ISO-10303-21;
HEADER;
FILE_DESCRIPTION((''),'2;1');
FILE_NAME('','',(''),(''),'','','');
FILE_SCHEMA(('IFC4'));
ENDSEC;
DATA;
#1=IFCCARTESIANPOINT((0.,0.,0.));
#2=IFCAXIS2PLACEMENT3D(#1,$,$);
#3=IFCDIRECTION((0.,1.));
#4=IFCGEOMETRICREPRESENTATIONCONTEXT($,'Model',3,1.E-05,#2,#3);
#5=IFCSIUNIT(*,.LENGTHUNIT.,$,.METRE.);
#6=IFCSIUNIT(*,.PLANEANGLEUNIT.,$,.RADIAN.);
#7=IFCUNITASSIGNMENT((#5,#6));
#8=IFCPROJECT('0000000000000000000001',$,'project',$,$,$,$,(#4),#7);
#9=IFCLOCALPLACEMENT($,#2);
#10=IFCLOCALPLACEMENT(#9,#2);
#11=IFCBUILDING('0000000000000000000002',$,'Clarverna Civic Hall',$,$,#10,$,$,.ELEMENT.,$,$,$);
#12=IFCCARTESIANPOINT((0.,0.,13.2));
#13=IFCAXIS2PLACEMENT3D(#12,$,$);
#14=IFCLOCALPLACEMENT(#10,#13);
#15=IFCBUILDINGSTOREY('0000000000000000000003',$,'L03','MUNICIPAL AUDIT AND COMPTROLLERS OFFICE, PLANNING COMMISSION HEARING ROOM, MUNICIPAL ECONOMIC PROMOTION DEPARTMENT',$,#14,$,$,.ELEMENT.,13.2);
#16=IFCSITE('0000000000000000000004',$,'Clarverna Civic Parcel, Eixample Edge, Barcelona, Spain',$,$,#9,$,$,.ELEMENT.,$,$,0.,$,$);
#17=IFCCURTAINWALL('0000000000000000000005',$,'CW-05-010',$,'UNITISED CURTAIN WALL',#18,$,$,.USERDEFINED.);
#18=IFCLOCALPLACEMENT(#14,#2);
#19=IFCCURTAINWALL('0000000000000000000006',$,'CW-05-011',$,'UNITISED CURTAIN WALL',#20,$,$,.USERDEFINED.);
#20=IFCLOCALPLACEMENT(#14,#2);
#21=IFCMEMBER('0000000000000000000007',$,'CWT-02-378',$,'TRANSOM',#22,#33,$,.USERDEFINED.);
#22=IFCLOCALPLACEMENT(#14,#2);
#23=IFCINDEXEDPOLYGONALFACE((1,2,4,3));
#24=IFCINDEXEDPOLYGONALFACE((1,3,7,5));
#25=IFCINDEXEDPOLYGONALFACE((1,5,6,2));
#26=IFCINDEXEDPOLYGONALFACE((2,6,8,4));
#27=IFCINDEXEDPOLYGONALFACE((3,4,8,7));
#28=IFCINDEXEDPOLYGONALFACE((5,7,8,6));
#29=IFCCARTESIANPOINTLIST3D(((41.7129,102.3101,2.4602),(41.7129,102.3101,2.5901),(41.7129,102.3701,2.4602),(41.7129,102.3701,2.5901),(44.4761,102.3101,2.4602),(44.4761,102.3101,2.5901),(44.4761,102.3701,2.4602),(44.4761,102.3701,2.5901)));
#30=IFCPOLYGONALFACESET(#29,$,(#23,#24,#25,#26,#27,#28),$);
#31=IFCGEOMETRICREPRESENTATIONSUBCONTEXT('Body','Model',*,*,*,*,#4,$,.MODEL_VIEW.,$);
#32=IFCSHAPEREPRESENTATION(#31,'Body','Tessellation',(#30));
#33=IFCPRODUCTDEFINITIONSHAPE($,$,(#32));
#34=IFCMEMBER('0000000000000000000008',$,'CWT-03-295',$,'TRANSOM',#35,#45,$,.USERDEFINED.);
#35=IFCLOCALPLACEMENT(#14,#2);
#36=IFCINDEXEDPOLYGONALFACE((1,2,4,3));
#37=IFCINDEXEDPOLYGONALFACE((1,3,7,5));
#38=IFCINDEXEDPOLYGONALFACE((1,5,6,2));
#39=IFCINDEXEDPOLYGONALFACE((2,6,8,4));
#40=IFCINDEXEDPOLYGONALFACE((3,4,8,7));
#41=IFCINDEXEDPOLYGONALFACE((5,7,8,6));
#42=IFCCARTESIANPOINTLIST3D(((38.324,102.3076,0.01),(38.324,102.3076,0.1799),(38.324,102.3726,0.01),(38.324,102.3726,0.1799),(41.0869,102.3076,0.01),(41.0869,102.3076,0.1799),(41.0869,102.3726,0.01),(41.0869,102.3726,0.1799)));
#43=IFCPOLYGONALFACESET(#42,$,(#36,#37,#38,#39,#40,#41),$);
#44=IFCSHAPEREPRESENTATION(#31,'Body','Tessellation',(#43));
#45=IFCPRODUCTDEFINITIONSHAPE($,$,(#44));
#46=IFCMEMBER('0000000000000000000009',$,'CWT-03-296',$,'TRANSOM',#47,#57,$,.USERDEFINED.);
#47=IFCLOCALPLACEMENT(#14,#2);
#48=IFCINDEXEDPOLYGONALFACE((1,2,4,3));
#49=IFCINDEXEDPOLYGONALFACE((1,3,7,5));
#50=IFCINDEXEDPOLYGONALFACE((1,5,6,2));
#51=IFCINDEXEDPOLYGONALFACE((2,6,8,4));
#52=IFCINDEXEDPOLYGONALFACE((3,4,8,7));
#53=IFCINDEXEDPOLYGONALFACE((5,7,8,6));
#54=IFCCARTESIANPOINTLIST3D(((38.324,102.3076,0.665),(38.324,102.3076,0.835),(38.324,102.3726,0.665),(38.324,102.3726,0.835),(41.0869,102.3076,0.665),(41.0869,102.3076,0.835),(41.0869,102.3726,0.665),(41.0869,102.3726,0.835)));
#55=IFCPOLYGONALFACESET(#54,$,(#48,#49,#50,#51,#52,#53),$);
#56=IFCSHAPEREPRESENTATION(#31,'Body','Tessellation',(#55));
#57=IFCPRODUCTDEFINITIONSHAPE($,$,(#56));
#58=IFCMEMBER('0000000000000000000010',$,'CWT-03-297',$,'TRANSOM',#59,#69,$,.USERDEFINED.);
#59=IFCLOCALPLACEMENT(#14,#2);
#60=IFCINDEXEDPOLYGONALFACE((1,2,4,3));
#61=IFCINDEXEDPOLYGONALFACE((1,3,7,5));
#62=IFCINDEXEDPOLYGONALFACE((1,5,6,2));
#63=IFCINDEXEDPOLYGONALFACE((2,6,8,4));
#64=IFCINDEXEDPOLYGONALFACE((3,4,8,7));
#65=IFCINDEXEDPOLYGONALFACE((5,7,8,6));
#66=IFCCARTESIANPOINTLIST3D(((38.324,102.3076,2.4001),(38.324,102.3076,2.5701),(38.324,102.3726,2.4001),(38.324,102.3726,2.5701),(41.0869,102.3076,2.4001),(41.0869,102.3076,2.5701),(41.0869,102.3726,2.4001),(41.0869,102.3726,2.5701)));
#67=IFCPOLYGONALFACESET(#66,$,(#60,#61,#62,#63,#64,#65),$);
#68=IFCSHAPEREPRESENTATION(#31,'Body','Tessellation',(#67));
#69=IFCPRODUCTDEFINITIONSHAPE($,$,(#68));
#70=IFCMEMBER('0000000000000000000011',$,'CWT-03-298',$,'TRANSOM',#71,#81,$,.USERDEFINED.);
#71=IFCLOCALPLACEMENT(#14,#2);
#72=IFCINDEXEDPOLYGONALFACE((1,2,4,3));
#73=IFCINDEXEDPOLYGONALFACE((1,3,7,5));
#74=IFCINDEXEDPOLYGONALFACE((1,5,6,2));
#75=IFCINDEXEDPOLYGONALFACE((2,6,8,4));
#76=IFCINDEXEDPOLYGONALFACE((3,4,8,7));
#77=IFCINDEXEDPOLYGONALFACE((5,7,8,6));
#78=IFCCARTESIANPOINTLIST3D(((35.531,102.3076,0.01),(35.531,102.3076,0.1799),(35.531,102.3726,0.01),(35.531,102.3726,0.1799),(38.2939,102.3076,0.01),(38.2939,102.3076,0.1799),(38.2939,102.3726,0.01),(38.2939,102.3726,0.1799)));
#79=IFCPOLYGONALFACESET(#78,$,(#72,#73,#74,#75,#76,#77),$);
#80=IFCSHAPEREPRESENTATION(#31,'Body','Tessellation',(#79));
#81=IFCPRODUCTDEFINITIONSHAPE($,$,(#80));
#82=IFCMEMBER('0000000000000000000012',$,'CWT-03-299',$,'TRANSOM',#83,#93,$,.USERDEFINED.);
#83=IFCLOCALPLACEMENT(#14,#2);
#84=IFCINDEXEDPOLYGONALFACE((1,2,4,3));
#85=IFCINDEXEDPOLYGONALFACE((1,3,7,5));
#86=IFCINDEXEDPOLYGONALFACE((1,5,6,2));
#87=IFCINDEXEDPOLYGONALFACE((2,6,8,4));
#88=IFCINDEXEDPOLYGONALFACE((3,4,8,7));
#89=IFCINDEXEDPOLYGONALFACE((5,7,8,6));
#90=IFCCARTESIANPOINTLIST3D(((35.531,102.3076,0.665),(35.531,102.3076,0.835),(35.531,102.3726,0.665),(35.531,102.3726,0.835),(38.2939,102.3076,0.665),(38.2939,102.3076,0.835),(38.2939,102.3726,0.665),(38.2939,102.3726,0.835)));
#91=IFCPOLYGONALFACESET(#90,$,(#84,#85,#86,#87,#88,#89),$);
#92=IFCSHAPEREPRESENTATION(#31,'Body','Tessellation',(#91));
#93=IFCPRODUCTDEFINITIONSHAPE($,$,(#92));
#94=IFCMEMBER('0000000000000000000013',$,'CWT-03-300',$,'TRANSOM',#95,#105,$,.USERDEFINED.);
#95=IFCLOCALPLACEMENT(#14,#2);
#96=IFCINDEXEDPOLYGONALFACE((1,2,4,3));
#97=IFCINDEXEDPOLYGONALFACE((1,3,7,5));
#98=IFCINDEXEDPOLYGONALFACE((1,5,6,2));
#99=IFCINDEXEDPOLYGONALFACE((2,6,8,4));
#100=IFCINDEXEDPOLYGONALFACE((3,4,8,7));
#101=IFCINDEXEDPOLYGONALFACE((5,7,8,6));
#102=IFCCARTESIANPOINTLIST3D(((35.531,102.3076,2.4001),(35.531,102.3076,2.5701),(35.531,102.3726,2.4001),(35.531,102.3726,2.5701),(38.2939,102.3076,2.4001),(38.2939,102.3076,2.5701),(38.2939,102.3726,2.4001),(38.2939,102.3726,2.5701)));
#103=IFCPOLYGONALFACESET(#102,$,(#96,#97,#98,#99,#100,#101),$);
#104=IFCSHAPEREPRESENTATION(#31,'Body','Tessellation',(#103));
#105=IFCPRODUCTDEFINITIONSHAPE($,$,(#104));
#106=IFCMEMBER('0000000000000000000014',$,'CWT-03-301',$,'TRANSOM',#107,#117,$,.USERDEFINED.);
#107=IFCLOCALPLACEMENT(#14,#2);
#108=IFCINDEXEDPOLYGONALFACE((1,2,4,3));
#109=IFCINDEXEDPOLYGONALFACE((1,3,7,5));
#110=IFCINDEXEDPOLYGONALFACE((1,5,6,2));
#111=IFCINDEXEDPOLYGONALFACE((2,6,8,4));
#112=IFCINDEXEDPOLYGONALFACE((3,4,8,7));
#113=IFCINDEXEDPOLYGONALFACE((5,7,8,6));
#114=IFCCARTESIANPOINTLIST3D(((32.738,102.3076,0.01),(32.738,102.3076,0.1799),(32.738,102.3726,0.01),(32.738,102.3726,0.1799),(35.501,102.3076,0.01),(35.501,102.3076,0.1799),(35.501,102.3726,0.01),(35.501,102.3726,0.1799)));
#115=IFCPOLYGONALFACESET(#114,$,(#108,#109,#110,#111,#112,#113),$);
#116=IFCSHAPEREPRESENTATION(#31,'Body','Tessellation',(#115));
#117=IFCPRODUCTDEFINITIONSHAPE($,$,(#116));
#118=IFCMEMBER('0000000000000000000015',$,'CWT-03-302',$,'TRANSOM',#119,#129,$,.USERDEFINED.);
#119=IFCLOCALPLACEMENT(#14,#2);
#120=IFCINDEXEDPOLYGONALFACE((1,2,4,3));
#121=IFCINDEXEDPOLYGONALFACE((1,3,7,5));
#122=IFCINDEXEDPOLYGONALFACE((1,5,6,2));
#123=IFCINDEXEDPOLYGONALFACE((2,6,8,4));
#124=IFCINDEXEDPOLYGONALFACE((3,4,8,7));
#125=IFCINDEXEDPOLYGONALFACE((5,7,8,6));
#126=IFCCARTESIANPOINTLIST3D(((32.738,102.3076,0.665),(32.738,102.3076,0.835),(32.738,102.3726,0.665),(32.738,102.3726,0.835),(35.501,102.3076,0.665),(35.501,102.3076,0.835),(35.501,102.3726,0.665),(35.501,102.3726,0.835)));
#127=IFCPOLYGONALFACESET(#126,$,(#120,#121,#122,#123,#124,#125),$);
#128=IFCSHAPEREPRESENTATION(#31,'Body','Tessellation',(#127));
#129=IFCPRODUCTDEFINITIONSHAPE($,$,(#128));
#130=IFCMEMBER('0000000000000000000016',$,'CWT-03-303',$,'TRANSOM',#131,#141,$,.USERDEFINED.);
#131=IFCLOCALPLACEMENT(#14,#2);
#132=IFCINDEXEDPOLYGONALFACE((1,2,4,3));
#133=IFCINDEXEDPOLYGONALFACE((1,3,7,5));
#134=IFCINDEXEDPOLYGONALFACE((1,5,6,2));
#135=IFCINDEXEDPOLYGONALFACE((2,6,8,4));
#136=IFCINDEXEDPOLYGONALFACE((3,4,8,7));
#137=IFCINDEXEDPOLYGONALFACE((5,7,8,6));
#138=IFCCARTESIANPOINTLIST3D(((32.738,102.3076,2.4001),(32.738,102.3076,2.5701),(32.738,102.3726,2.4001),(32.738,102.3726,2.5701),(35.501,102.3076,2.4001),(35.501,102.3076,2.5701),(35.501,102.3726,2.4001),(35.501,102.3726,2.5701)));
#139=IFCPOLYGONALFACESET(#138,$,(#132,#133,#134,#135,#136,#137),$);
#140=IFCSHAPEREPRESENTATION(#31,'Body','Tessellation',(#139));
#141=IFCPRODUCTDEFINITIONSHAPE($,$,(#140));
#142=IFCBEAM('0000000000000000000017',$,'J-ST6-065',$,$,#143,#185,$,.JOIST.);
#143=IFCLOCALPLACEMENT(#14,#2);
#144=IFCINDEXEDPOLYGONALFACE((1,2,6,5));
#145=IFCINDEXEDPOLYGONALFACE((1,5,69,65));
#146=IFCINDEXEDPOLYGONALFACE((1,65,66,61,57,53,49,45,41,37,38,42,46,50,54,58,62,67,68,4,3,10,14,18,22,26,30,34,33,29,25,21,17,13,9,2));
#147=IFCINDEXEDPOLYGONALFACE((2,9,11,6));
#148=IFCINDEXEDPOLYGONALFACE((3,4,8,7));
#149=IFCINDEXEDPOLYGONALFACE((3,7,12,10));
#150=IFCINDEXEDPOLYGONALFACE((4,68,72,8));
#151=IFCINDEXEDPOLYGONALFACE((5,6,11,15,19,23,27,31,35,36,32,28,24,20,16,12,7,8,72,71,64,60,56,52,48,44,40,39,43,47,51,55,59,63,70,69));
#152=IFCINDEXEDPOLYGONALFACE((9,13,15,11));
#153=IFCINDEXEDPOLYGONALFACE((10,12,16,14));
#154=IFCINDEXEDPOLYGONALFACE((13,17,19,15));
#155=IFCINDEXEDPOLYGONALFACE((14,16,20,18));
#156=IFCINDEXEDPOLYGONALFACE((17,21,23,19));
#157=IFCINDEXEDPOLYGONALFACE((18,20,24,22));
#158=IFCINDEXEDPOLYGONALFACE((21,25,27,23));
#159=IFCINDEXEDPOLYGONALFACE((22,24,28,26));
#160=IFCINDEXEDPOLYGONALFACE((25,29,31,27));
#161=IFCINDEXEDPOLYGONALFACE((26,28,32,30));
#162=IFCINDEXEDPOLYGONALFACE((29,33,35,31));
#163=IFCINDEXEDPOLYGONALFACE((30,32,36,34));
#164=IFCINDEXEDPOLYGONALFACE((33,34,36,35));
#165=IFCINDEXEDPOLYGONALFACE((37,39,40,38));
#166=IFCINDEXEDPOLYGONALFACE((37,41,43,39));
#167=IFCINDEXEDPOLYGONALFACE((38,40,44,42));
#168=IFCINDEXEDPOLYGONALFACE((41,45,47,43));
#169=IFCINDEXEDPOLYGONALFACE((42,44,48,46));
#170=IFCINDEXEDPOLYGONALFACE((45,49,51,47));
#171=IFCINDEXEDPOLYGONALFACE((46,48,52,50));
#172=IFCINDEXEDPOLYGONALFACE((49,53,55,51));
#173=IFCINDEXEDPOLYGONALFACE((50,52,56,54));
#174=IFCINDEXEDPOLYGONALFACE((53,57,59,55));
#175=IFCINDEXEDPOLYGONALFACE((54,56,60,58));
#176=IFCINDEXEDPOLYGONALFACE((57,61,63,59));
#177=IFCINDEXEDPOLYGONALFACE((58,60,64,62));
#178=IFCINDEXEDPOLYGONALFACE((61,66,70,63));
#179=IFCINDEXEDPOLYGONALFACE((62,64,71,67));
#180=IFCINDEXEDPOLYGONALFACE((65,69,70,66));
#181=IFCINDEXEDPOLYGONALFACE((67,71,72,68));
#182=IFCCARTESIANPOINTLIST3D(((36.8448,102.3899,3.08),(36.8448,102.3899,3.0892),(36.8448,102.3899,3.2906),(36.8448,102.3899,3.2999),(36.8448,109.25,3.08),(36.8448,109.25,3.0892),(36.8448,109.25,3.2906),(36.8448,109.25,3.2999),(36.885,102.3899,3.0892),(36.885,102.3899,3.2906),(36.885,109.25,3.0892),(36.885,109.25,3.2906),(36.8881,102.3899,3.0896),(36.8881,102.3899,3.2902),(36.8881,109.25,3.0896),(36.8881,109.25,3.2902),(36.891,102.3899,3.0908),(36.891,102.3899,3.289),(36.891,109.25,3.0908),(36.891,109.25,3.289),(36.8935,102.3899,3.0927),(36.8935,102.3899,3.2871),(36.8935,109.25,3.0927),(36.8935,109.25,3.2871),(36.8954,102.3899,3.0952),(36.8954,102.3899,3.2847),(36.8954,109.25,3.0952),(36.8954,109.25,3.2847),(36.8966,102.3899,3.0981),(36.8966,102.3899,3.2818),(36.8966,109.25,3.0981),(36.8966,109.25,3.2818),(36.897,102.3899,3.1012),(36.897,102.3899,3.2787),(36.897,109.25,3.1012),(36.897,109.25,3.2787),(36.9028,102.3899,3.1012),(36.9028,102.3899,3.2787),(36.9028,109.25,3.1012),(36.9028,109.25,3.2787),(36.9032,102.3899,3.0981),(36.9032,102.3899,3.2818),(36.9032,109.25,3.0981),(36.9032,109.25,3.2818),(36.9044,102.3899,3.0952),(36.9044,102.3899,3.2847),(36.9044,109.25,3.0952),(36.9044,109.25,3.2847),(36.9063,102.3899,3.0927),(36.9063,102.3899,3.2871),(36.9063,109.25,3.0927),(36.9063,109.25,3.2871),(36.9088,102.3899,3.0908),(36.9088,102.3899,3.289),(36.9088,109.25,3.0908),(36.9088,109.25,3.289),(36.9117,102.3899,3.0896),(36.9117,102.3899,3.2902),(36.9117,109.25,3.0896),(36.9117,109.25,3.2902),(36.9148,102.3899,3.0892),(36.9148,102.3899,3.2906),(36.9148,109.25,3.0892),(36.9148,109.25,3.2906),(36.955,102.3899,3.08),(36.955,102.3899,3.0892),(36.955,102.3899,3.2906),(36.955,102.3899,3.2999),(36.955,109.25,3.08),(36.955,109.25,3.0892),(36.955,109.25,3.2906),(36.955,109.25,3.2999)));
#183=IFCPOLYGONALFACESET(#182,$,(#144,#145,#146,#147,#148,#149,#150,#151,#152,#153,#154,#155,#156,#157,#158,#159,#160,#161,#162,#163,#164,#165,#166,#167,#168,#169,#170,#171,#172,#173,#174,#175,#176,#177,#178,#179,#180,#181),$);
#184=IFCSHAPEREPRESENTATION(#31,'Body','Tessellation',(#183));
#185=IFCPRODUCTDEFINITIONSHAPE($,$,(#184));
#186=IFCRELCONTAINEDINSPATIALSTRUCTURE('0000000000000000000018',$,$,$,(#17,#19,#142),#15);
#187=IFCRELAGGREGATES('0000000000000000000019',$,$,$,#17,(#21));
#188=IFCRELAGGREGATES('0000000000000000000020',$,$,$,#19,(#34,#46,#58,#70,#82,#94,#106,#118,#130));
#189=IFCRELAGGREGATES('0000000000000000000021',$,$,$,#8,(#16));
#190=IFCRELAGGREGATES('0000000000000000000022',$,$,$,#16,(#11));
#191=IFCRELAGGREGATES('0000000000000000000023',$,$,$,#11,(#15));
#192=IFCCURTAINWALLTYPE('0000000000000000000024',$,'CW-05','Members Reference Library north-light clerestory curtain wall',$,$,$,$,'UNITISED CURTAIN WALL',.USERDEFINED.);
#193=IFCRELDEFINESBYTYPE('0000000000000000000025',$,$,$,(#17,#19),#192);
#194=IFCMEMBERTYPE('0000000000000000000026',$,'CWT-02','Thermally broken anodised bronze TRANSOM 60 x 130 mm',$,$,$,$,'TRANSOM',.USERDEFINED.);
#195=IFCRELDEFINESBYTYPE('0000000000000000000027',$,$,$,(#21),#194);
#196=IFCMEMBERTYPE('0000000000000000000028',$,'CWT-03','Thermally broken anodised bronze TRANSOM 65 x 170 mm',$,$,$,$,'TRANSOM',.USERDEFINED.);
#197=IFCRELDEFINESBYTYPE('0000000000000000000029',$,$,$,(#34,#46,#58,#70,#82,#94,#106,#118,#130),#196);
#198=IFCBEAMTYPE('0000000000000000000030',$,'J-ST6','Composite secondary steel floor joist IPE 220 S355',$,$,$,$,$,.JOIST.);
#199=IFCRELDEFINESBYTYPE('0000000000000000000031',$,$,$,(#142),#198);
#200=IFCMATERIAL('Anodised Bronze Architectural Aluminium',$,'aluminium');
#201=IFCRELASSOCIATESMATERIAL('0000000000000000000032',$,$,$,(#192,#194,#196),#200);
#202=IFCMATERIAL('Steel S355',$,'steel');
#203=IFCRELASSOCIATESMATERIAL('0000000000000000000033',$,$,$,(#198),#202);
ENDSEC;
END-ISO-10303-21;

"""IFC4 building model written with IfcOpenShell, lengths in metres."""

from ifc_helpers import new_model, si_unit, direction, frame, origin, origin_2d, place, context, subcontext, project, spatial, rectangle, i_section, extrude, material, material_profile, profile_set, type_object, element, aggregate, save


model = new_model("IFC4")

# Units and contexts
model_context = context("Model", 3, precision=1e-05, world=origin(), true_north=direction((0.0, 1.0)))
body_context = subcontext(model_context, "Body", "Model", "MODEL_VIEW")
ifc_project = project(units=[si_unit("LENGTHUNIT", "METRE"), si_unit("PLANEANGLEUNIT", "RADIAN")], contexts=[model_context])

# Site, building, storey
site_placement = place(None, origin())
site = spatial("IfcSite", under=ifc_project, at=site_placement, Name="Clarverna Civic Parcel, Eixample Edge, Barcelona, Spain", CompositionType="ELEMENT", RefElevation=0.0)
building_placement = place(site_placement, origin())
building = spatial("IfcBuilding", under=site, at=building_placement, Name="Clarverna Civic Hall", CompositionType="ELEMENT")
storey_placement = place(building_placement, frame((0.0, 0.0, 13.2)))
storey = spatial("IfcBuildingStorey", under=building, at=storey_placement, Name="L03", Description="MUNICIPAL AUDIT AND COMPTROLLERS OFFICE, PLANNING COMMISSION HEARING ROOM, MUNICIPAL ECONOMIC PROMOTION DEPARTMENT", CompositionType="ELEMENT", Elevation=13.2)

# Shared definitions
ifc_material_1 = material(Name="Steel S355", Category="steel")

# Curtain walls
ifc_material_2 = material(Name="Anodised Bronze Architectural Aluminium", Category="aluminium")
curtain_wall_type = type_object("IfcCurtainWallType", Name="CW-05", Description="Members Reference Library north-light clerestory curtain wall", ElementType="UNITISED CURTAIN WALL", PredefinedType="USERDEFINED", material=ifc_material_2)
curtain_wall_1_placement = place(storey_placement, origin())
curtain_wall_1 = element("IfcCurtainWall", 1, at=curtain_wall_1_placement, inside=storey, type_object=curtain_wall_type, Name="CW-05-010", ObjectType="UNITISED CURTAIN WALL", PredefinedType="USERDEFINED")
curtain_wall_2_placement = place(storey_placement, origin())
curtain_wall_2 = element("IfcCurtainWall", 2, at=curtain_wall_2_placement, inside=storey, type_object=curtain_wall_type, Name="CW-05-011", ObjectType="UNITISED CURTAIN WALL", PredefinedType="USERDEFINED")

# Members
ifc_material_profile_1 = material_profile(ifc_material_2, rectangle(XDim=0.0601, YDim=0.1299, at=origin_2d()), Name="BRONZE 60x130")
ifc_profile_set_1 = profile_set([ifc_material_profile_1], Name="Anodised Bronze Architectural Aluminium")
member_type_1 = type_object("IfcMemberType", Name="CWT-02", Description="Thermally broken anodised bronze TRANSOM 60 x 130 mm", ElementType="TRANSOM", PredefinedType="USERDEFINED", material=ifc_profile_set_1)
member_1_placement = place(storey_placement, frame((44.4761, 102.3401, 2.5251), z_axis=(-1.0, 0.0, 0.0), x_axis=(0.0, -1.0, 0.0)))
member_1 = element("IfcMember", 3, at=member_1_placement, type_object=member_type_1, Name="CWT-02-378", ObjectType="TRANSOM", PredefinedType="USERDEFINED", context=body_context, shape_type="SweptSolid", body=[
    extrude(rectangle(XDim=0.0601, YDim=0.1299, at=origin_2d()), origin(), (0.0, 0.0, 1.0), 2.7632),
])
ifc_material_profile_2 = material_profile(ifc_material_2, rectangle(XDim=0.0649, YDim=0.1699, at=origin_2d()), Name="BRONZE 65x170")
ifc_profile_set_2 = profile_set([ifc_material_profile_2], Name="Anodised Bronze Architectural Aluminium")
member_type_2 = type_object("IfcMemberType", Name="CWT-03", Description="Thermally broken anodised bronze TRANSOM 65 x 170 mm", ElementType="TRANSOM", PredefinedType="USERDEFINED", material=ifc_profile_set_2)
member_2_placement = place(storey_placement, frame((41.0869, 102.3401, 0.095), z_axis=(-1.0, 0.0, 0.0), x_axis=(0.0, -1.0, 0.0)))
member_2 = element("IfcMember", 4, at=member_2_placement, type_object=member_type_2, Name="CWT-03-295", ObjectType="TRANSOM", PredefinedType="USERDEFINED", context=body_context, shape_type="SweptSolid", body=[
    extrude(rectangle(XDim=0.0649, YDim=0.1699, at=origin_2d()), origin(), (0.0, 0.0, 1.0), 2.7629),
])
member_3_placement = place(storey_placement, frame((41.0869, 102.3401, 0.75), z_axis=(-1.0, 0.0, 0.0), x_axis=(0.0, -1.0, 0.0)))
member_3 = element("IfcMember", 5, at=member_3_placement, type_object=member_type_2, Name="CWT-03-296", ObjectType="TRANSOM", PredefinedType="USERDEFINED", context=body_context, shape_type="SweptSolid", body=[
    extrude(rectangle(XDim=0.0649, YDim=0.1699, at=origin_2d()), origin(), (0.0, 0.0, 1.0), 2.7629),
])
member_4_placement = place(storey_placement, frame((41.0869, 102.3401, 2.4851), z_axis=(-1.0, 0.0, 0.0), x_axis=(0.0, -1.0, 0.0)))
member_4 = element("IfcMember", 6, at=member_4_placement, type_object=member_type_2, Name="CWT-03-297", ObjectType="TRANSOM", PredefinedType="USERDEFINED", context=body_context, shape_type="SweptSolid", body=[
    extrude(rectangle(XDim=0.0649, YDim=0.1699, at=origin_2d()), origin(), (0.0, 0.0, 1.0), 2.7629),
])
member_5_placement = place(storey_placement, frame((38.2939, 102.3401, 0.095), z_axis=(-1.0, 0.0, 0.0), x_axis=(0.0, -1.0, 0.0)))
member_5 = element("IfcMember", 7, at=member_5_placement, type_object=member_type_2, Name="CWT-03-298", ObjectType="TRANSOM", PredefinedType="USERDEFINED", context=body_context, shape_type="SweptSolid", body=[
    extrude(rectangle(XDim=0.0649, YDim=0.1699, at=origin_2d()), origin(), (0.0, 0.0, 1.0), 2.7629),
])
member_6_placement = place(storey_placement, frame((38.2939, 102.3401, 0.75), z_axis=(-1.0, 0.0, 0.0), x_axis=(0.0, -1.0, 0.0)))
member_6 = element("IfcMember", 8, at=member_6_placement, type_object=member_type_2, Name="CWT-03-299", ObjectType="TRANSOM", PredefinedType="USERDEFINED", context=body_context, shape_type="SweptSolid", body=[
    extrude(rectangle(XDim=0.0649, YDim=0.1699, at=origin_2d()), origin(), (0.0, 0.0, 1.0), 2.7629),
])
member_7_placement = place(storey_placement, frame((38.2939, 102.3401, 2.4851), z_axis=(-1.0, 0.0, 0.0), x_axis=(0.0, -1.0, 0.0)))
member_7 = element("IfcMember", 9, at=member_7_placement, type_object=member_type_2, Name="CWT-03-300", ObjectType="TRANSOM", PredefinedType="USERDEFINED", context=body_context, shape_type="SweptSolid", body=[
    extrude(rectangle(XDim=0.0649, YDim=0.1699, at=origin_2d()), origin(), (0.0, 0.0, 1.0), 2.7629),
])
member_8_placement = place(storey_placement, frame((35.501, 102.3401, 0.095), z_axis=(-1.0, 0.0, 0.0), x_axis=(0.0, -1.0, 0.0)))
member_8 = element("IfcMember", 10, at=member_8_placement, type_object=member_type_2, Name="CWT-03-301", ObjectType="TRANSOM", PredefinedType="USERDEFINED", context=body_context, shape_type="SweptSolid", body=[
    extrude(rectangle(XDim=0.0649, YDim=0.1699, at=origin_2d()), origin(), (0.0, 0.0, 1.0), 2.7629),
])
member_9_placement = place(storey_placement, frame((35.501, 102.3401, 0.75), z_axis=(-1.0, 0.0, 0.0), x_axis=(0.0, -1.0, 0.0)))
member_9 = element("IfcMember", 11, at=member_9_placement, type_object=member_type_2, Name="CWT-03-302", ObjectType="TRANSOM", PredefinedType="USERDEFINED", context=body_context, shape_type="SweptSolid", body=[
    extrude(rectangle(XDim=0.0649, YDim=0.1699, at=origin_2d()), origin(), (0.0, 0.0, 1.0), 2.7629),
])
member_10_placement = place(storey_placement, frame((35.501, 102.3401, 2.4851), z_axis=(-1.0, 0.0, 0.0), x_axis=(0.0, -1.0, 0.0)))
member_10 = element("IfcMember", 12, at=member_10_placement, type_object=member_type_2, Name="CWT-03-303", ObjectType="TRANSOM", PredefinedType="USERDEFINED", context=body_context, shape_type="SweptSolid", body=[
    extrude(rectangle(XDim=0.0649, YDim=0.1699, at=origin_2d()), origin(), (0.0, 0.0, 1.0), 2.7629),
])

# Beam
ifc_material_profile_3 = material_profile(ifc_material_1, i_section(OverallWidth=0.1101, OverallDepth=0.22, WebThickness=0.0059, FlangeThickness=0.0093, FilletRadius=0.012, at=origin_2d()), Name="IPE 220")
ifc_profile_set_3 = profile_set([ifc_material_profile_3], Name="Steel S355")
beam_type_1 = type_object("IfcBeamType", Name="J-ST6", Description="Composite secondary steel floor joist IPE 220 S355", PredefinedType="JOIST", material=ifc_profile_set_3)
beam_1_placement = place(storey_placement, frame((36.8999, 102.3899, 3.1899), z_axis=(0.0, 1.0, 0.0), x_axis=(-1.0, 0.0, 0.0)))
element("IfcBeam", 13, at=beam_1_placement, inside=storey, type_object=beam_type_1, Name="J-ST6-065", PredefinedType="JOIST", context=body_context, shape_type="SweptSolid", body=[
    extrude(i_section(OverallWidth=0.1101, OverallDepth=0.22, WebThickness=0.0059, FlangeThickness=0.0093, FilletRadius=0.012, at=origin_2d()), origin(), (0.0, 0.0, 1.0), 6.8601),
])

aggregate(curtain_wall_1, [member_1])
aggregate(curtain_wall_2, [member_2, member_3, member_4, member_5, member_6, member_7, member_8, member_9, member_10])

save(model, "model.ifc")
